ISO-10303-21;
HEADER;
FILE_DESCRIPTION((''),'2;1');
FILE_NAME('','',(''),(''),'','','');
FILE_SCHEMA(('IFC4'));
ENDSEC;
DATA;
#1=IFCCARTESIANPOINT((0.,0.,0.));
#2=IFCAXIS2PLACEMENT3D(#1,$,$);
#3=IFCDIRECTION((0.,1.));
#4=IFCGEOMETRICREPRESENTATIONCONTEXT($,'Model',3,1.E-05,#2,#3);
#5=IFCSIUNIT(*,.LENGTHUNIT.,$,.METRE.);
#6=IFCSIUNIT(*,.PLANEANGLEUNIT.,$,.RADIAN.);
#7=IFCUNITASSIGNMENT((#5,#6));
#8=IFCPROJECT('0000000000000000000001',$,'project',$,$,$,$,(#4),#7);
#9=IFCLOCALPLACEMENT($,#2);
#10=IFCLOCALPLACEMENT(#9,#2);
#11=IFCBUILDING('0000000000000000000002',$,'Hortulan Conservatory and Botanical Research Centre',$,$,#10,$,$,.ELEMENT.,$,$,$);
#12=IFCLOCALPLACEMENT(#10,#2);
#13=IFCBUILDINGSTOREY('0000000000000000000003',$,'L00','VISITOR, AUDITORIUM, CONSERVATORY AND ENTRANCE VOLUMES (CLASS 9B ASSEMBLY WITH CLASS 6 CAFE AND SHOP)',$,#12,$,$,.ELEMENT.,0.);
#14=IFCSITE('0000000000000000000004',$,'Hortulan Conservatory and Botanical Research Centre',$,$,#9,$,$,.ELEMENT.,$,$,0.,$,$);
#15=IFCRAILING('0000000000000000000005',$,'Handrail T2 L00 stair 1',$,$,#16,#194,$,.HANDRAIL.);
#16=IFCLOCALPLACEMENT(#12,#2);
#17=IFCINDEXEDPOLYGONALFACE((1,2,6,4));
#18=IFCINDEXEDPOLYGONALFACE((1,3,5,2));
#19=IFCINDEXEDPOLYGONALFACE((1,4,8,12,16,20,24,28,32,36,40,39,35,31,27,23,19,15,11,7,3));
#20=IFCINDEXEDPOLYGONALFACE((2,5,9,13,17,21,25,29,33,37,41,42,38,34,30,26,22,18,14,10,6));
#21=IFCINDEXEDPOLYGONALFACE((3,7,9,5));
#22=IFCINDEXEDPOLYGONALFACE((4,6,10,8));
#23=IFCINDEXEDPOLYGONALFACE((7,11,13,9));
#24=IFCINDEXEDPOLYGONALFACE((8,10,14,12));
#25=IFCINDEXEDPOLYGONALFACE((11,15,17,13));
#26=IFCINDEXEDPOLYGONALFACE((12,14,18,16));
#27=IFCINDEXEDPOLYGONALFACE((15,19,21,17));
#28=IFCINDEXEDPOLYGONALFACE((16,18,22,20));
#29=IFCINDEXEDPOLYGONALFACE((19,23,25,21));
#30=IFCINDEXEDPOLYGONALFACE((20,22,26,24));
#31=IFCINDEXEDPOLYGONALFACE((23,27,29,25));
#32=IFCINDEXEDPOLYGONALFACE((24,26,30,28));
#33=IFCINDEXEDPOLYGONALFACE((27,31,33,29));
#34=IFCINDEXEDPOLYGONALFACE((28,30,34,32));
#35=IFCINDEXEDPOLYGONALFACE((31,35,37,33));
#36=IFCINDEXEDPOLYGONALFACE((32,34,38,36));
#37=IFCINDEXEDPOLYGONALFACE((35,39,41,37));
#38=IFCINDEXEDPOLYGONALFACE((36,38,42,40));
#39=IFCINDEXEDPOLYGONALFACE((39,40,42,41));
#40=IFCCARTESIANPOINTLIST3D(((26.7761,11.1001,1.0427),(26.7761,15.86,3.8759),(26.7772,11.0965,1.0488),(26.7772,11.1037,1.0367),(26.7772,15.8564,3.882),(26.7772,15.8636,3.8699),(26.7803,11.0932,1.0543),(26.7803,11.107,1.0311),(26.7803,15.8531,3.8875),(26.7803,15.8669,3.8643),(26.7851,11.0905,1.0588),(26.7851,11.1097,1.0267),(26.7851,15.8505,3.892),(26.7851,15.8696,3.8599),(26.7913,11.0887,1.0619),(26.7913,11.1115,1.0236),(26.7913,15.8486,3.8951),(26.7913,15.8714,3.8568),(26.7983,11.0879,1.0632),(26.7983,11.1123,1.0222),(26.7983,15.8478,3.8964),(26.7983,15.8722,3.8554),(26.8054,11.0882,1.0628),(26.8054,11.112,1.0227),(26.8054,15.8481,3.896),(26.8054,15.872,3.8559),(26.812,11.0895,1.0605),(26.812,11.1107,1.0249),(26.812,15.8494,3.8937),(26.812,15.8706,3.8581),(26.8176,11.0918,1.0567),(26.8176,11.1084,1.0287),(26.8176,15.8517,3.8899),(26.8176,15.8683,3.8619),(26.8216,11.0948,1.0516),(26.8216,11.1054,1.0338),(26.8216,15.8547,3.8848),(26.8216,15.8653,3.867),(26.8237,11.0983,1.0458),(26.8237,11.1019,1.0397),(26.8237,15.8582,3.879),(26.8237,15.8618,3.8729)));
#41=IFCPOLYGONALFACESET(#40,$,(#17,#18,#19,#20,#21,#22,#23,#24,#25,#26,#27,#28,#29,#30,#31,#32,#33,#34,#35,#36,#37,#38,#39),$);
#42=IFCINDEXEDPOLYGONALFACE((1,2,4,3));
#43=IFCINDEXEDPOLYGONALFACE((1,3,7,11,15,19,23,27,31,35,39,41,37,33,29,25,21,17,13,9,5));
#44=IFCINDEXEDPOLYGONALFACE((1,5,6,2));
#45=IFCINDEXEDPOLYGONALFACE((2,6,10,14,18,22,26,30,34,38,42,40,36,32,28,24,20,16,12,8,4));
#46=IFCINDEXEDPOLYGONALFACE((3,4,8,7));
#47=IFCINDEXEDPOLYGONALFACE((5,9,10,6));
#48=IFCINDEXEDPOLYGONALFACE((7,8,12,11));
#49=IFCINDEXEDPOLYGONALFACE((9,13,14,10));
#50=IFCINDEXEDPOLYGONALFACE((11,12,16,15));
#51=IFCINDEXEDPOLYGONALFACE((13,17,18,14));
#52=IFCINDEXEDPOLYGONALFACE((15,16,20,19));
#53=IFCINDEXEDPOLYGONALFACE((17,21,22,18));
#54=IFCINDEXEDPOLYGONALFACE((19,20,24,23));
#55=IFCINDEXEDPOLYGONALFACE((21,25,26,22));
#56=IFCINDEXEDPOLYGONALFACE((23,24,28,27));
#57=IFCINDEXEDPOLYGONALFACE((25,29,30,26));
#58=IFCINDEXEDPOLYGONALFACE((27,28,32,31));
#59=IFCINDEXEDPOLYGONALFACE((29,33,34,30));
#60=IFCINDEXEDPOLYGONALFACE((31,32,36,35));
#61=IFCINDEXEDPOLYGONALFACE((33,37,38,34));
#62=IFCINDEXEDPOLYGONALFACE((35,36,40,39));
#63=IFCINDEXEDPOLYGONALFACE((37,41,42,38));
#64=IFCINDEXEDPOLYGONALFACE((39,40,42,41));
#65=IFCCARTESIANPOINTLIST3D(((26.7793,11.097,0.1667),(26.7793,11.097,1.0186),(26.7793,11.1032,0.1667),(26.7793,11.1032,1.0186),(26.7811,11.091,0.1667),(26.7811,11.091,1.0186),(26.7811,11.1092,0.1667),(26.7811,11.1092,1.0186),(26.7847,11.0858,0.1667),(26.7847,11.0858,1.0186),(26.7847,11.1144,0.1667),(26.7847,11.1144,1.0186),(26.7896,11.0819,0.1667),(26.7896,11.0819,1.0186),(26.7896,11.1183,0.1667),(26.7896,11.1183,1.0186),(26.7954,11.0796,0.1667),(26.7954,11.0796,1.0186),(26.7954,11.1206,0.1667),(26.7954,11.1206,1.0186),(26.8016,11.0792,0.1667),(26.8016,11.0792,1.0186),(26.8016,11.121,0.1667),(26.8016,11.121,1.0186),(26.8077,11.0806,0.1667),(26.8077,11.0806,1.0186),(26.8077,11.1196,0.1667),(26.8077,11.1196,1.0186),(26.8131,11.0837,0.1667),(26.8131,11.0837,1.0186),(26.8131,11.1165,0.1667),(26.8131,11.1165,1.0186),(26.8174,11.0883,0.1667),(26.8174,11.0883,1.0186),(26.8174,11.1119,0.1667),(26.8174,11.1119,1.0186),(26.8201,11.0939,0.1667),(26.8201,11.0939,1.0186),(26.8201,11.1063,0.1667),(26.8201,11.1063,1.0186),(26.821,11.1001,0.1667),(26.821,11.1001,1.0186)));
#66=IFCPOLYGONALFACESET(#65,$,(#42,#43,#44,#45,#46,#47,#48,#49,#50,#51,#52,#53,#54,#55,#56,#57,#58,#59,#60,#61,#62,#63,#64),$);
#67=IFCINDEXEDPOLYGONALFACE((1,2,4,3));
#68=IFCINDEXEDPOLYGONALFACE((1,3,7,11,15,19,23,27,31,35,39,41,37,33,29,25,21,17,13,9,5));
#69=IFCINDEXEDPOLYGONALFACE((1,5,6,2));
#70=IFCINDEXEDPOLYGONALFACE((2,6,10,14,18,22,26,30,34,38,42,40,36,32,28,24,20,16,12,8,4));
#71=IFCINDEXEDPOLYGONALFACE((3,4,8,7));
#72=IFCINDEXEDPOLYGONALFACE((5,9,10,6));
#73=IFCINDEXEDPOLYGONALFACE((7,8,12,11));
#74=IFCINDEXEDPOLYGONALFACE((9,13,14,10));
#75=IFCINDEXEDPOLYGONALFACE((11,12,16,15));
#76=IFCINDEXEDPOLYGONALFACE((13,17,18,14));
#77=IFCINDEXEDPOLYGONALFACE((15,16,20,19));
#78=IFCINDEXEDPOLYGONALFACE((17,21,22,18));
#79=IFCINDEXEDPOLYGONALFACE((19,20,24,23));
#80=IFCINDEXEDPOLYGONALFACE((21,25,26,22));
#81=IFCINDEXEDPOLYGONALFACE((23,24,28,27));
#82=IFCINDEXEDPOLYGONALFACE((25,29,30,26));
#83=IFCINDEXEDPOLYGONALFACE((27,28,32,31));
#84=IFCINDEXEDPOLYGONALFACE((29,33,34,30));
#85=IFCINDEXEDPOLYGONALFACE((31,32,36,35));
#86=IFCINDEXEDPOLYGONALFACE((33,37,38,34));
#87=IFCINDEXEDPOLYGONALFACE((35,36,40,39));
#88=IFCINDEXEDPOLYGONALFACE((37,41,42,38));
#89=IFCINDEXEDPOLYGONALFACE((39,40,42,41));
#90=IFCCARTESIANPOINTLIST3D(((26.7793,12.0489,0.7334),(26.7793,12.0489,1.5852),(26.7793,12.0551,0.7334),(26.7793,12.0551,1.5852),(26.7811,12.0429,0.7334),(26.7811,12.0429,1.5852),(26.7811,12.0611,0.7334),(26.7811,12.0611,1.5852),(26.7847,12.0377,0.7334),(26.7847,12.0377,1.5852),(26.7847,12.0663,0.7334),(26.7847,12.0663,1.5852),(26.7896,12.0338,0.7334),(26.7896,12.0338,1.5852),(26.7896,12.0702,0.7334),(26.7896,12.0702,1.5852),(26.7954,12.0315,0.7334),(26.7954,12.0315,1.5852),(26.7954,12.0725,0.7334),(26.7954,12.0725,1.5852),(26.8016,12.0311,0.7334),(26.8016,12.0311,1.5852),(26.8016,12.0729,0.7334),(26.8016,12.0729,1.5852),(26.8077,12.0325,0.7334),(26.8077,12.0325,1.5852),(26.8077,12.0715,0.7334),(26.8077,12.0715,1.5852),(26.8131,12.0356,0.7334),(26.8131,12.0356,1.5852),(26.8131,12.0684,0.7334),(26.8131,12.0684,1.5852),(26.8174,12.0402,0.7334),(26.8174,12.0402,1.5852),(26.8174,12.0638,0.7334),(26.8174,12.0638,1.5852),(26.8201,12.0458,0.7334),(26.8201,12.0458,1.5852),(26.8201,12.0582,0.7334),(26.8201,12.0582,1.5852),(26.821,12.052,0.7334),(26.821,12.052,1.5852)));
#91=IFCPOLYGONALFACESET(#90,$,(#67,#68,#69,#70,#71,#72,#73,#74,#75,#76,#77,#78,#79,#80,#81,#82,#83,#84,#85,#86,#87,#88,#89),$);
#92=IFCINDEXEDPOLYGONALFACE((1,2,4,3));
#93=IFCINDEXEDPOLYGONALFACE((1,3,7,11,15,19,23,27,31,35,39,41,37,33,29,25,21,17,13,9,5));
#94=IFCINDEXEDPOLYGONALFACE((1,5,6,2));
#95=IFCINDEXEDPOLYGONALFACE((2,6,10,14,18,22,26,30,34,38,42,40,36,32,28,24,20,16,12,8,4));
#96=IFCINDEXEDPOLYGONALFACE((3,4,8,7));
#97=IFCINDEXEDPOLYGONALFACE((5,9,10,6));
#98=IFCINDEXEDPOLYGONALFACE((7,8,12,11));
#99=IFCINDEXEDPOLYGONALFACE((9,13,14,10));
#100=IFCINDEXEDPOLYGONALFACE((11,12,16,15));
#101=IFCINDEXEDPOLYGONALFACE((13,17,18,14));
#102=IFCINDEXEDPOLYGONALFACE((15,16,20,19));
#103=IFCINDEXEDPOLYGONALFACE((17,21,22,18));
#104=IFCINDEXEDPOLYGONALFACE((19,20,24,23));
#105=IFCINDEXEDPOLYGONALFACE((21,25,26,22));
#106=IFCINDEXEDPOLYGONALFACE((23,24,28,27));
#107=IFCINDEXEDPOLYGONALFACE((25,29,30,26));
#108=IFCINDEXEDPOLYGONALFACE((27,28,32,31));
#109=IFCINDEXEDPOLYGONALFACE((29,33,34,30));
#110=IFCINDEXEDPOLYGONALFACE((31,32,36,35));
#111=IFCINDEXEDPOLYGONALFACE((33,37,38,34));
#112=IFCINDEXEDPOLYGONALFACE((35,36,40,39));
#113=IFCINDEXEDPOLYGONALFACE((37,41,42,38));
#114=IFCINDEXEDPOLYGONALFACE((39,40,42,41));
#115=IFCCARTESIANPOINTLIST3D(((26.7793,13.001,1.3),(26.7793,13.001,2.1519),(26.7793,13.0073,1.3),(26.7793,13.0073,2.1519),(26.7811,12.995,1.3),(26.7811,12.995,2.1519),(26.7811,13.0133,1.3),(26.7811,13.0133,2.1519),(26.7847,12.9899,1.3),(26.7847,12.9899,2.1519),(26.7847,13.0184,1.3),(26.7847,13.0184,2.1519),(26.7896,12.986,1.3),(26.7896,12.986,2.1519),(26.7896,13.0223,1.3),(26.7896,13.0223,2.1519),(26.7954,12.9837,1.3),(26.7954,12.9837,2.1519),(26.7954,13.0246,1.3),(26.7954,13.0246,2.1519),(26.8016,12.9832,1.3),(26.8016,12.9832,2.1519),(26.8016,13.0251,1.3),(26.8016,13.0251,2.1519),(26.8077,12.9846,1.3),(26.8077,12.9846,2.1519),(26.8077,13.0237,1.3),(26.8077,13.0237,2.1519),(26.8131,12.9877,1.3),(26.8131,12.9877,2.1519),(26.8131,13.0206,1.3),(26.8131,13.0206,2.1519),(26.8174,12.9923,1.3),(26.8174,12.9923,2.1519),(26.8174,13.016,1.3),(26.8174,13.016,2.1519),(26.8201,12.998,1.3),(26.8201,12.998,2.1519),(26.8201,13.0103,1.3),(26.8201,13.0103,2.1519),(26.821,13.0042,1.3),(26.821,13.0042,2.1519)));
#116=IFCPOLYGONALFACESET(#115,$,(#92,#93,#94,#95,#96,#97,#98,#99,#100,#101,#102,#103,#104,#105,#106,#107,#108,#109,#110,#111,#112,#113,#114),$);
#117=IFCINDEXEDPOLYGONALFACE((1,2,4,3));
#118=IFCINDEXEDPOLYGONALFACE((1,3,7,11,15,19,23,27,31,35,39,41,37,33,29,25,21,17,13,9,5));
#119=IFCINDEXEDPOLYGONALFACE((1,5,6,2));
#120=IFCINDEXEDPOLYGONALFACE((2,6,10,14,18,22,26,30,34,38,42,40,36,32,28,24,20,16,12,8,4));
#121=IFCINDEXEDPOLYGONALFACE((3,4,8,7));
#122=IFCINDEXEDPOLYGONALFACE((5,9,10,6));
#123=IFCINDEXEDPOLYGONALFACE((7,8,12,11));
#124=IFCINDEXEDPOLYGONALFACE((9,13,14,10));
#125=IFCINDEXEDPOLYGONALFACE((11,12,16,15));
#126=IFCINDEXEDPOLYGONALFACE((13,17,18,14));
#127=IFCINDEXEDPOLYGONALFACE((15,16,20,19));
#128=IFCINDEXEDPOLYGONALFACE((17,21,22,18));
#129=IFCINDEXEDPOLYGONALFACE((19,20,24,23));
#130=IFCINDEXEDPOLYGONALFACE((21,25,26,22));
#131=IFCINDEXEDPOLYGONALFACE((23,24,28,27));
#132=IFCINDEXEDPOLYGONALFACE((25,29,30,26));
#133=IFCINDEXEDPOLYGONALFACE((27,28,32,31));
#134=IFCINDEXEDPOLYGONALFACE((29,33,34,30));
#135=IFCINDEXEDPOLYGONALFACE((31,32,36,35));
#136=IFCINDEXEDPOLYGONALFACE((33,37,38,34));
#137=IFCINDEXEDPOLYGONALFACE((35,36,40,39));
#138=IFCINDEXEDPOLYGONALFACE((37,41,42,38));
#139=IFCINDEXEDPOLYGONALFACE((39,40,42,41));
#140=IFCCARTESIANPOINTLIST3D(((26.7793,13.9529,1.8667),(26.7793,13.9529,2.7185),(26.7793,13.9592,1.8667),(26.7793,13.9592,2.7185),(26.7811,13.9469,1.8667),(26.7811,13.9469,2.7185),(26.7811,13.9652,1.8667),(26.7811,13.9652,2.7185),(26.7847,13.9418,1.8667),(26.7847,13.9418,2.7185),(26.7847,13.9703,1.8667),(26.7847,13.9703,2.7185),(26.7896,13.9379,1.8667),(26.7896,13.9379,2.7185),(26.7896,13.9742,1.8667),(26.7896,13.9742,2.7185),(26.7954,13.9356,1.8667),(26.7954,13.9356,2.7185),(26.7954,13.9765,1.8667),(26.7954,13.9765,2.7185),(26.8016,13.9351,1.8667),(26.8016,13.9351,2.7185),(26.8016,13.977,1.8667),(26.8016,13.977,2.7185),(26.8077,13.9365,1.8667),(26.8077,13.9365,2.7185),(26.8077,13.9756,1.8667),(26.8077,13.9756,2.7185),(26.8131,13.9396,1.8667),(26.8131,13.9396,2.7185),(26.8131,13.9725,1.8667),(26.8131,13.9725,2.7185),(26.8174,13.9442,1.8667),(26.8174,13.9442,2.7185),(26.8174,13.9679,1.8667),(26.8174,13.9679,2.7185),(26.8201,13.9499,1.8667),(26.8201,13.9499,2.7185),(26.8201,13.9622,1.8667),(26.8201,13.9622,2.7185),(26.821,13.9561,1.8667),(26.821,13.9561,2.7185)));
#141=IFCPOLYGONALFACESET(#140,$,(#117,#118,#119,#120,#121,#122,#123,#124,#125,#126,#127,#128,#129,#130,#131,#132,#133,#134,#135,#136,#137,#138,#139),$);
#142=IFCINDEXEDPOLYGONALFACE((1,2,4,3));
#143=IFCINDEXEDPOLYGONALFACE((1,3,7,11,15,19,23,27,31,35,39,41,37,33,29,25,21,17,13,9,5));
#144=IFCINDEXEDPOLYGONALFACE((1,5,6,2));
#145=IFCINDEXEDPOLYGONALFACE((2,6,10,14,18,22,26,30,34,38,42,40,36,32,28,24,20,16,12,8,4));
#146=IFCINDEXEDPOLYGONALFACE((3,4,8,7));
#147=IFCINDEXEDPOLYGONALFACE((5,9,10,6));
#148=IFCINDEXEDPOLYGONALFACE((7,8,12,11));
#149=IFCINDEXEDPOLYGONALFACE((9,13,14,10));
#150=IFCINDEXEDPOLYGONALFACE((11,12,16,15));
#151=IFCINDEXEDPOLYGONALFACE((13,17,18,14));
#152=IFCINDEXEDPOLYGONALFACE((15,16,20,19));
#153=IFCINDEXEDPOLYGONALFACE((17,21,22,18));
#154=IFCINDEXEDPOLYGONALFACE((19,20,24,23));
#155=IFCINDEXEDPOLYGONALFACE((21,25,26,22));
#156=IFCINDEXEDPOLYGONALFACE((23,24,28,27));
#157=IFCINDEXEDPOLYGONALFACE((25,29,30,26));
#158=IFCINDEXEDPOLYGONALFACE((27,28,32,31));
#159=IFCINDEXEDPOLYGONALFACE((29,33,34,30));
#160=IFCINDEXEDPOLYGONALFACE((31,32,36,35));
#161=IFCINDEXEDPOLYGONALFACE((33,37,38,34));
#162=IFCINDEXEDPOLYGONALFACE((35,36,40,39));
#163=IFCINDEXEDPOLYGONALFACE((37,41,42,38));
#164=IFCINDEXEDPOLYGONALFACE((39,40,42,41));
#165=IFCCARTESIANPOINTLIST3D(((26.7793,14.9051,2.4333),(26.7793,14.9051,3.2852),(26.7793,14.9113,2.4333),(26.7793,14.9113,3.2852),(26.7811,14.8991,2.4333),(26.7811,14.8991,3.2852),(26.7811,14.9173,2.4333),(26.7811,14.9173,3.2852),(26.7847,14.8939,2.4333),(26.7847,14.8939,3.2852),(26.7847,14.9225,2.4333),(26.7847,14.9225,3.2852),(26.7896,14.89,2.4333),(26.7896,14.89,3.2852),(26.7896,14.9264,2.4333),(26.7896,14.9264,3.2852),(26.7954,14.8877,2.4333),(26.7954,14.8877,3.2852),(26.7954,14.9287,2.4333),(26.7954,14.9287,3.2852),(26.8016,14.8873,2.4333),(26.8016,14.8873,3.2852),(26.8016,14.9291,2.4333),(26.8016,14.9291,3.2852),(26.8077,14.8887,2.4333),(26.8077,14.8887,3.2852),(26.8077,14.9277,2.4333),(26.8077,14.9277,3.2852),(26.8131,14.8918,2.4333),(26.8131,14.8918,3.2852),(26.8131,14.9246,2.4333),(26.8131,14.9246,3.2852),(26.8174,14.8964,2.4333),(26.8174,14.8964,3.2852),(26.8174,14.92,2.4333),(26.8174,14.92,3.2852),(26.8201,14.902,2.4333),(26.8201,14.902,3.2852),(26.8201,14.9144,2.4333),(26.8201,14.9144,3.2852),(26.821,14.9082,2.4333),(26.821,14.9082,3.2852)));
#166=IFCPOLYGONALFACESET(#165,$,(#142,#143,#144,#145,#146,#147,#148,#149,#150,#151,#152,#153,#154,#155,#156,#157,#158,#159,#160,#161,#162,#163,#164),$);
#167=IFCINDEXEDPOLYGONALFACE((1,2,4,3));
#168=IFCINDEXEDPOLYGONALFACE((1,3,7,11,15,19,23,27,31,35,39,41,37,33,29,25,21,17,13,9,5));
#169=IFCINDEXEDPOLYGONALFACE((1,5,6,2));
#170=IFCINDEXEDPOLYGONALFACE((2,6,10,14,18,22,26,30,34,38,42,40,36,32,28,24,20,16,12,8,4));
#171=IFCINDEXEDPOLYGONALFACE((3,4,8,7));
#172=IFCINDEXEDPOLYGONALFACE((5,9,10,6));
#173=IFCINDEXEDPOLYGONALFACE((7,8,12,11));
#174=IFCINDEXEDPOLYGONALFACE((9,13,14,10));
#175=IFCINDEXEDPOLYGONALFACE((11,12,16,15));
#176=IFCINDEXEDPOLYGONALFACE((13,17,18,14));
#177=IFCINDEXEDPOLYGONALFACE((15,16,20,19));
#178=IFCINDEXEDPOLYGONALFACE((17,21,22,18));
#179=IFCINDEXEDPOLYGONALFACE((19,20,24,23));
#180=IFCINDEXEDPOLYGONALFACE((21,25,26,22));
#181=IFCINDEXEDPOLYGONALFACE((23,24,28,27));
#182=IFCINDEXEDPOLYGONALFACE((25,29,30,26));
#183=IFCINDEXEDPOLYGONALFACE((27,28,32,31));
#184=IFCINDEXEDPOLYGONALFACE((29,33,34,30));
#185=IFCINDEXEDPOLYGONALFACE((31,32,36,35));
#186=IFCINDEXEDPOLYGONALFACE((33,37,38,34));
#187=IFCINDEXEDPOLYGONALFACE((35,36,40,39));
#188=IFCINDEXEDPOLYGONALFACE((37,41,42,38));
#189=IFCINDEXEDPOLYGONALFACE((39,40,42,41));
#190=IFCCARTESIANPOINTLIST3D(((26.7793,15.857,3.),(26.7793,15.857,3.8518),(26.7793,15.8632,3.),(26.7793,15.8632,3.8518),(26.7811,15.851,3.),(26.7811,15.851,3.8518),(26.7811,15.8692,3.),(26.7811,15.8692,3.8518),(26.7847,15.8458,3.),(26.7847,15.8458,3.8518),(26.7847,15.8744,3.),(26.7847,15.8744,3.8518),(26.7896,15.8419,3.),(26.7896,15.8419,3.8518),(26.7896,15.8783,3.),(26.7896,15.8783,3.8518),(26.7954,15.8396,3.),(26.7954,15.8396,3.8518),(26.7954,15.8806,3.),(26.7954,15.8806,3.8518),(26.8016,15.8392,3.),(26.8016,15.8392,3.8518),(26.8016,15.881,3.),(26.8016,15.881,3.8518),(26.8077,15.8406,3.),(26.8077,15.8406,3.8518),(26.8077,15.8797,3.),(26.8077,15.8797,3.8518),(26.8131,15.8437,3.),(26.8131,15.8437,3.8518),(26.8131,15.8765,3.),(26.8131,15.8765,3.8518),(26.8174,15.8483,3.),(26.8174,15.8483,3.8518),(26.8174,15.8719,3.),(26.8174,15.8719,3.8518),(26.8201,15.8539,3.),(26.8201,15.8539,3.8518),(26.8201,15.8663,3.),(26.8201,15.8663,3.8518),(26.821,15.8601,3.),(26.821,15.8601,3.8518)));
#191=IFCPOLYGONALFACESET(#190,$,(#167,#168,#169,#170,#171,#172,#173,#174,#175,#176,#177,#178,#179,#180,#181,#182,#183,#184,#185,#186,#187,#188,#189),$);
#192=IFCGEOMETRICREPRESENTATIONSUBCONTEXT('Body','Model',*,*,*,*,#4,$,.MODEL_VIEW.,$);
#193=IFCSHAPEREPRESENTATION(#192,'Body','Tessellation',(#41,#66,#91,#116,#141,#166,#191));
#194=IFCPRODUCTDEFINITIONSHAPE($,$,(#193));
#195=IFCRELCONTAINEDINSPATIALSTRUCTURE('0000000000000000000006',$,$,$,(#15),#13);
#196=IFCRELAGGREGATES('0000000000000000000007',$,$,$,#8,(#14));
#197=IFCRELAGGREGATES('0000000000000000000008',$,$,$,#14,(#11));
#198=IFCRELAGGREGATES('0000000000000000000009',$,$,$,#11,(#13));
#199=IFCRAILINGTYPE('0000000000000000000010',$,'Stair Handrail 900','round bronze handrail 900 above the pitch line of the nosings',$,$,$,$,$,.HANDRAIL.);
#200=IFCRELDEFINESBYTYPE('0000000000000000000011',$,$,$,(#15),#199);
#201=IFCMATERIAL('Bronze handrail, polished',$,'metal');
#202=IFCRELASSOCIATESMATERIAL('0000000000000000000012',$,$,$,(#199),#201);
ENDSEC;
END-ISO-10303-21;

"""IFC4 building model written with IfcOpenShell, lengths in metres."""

from ifc_helpers import new_model, si_unit, direction, frame, origin, origin_2d, place, context, subcontext, project, spatial, circle, extrude, material, type_object, element, save


model = new_model("IFC4")

# Units and contexts
model_context = context("Model", 3, precision=1e-05, world=origin(), true_north=direction((0.0, 1.0)))
body_context = subcontext(model_context, "Body", "Model", "MODEL_VIEW")
ifc_project = project(units=[si_unit("LENGTHUNIT", "METRE"), si_unit("PLANEANGLEUNIT", "RADIAN")], contexts=[model_context])

# Site, building, storey
site_placement = place(None, origin())
site = spatial("IfcSite", under=ifc_project, at=site_placement, Name="Hortulan Conservatory and Botanical Research Centre", CompositionType="ELEMENT", RefElevation=0.0)
building_placement = place(site_placement, origin())
building = spatial("IfcBuilding", under=site, at=building_placement, Name="Hortulan Conservatory and Botanical Research Centre", CompositionType="ELEMENT")
storey_placement = place(building_placement, origin())
storey = spatial("IfcBuildingStorey", under=building, at=storey_placement, Name="L00", Description="VISITOR, AUDITORIUM, CONSERVATORY AND ENTRANCE VOLUMES (CLASS 9B ASSEMBLY WITH CLASS 6 CAFE AND SHOP)", CompositionType="ELEMENT", Elevation=0.0)

# Railing
ifc_material_1 = material(Name="Bronze handrail, polished", Category="metal")
railing_type_1 = type_object("IfcRailingType", Name="Stair Handrail 900", Description="round bronze handrail 900 above the pitch line of the nosings", PredefinedType="HANDRAIL", material=ifc_material_1)
railing_1_placement = place(storey_placement, frame((26.8, 11.1001, 0.1667)))
element("IfcRailing", 1, at=railing_1_placement, inside=storey, type_object=railing_type_1, Name="Handrail T2 L00 stair 1", PredefinedType="HANDRAIL", context=body_context, shape_type="SweptSolid", body=[
    extrude(circle(Radius=0.0239, at=origin_2d()), frame((0.0, 0.0, 0.876), z_axis=(0.0, 0.8593, 0.511472), x_axis=(-1.0, 0.0, 0.0)), (0.0, 0.0, 1.0), 5.5393),
    extrude(circle(Radius=0.021, at=origin_2d()), origin(), (0.0, 0.0, 1.0), 0.8518),
    extrude(circle(Radius=0.021, at=origin_2d()), frame((0.0, 0.9519, 0.5667)), (0.0, 0.0, 1.0), 0.8518),
    extrude(circle(Radius=0.021, at=origin_2d()), frame((0.0, 1.9041, 1.1333)), (0.0, 0.0, 1.0), 0.8518),
    extrude(circle(Radius=0.021, at=origin_2d()), frame((0.0, 2.856, 1.7)), (0.0, 0.0, 1.0), 0.8518),
    extrude(circle(Radius=0.021, at=origin_2d()), frame((0.0, 3.8081, 2.2666)), (0.0, 0.0, 1.0), 0.8518),
    extrude(circle(Radius=0.021, at=origin_2d()), frame((0.0, 4.76, 2.8333)), (0.0, 0.0, 1.0), 0.8518),
])

save(model, "model.ifc")
